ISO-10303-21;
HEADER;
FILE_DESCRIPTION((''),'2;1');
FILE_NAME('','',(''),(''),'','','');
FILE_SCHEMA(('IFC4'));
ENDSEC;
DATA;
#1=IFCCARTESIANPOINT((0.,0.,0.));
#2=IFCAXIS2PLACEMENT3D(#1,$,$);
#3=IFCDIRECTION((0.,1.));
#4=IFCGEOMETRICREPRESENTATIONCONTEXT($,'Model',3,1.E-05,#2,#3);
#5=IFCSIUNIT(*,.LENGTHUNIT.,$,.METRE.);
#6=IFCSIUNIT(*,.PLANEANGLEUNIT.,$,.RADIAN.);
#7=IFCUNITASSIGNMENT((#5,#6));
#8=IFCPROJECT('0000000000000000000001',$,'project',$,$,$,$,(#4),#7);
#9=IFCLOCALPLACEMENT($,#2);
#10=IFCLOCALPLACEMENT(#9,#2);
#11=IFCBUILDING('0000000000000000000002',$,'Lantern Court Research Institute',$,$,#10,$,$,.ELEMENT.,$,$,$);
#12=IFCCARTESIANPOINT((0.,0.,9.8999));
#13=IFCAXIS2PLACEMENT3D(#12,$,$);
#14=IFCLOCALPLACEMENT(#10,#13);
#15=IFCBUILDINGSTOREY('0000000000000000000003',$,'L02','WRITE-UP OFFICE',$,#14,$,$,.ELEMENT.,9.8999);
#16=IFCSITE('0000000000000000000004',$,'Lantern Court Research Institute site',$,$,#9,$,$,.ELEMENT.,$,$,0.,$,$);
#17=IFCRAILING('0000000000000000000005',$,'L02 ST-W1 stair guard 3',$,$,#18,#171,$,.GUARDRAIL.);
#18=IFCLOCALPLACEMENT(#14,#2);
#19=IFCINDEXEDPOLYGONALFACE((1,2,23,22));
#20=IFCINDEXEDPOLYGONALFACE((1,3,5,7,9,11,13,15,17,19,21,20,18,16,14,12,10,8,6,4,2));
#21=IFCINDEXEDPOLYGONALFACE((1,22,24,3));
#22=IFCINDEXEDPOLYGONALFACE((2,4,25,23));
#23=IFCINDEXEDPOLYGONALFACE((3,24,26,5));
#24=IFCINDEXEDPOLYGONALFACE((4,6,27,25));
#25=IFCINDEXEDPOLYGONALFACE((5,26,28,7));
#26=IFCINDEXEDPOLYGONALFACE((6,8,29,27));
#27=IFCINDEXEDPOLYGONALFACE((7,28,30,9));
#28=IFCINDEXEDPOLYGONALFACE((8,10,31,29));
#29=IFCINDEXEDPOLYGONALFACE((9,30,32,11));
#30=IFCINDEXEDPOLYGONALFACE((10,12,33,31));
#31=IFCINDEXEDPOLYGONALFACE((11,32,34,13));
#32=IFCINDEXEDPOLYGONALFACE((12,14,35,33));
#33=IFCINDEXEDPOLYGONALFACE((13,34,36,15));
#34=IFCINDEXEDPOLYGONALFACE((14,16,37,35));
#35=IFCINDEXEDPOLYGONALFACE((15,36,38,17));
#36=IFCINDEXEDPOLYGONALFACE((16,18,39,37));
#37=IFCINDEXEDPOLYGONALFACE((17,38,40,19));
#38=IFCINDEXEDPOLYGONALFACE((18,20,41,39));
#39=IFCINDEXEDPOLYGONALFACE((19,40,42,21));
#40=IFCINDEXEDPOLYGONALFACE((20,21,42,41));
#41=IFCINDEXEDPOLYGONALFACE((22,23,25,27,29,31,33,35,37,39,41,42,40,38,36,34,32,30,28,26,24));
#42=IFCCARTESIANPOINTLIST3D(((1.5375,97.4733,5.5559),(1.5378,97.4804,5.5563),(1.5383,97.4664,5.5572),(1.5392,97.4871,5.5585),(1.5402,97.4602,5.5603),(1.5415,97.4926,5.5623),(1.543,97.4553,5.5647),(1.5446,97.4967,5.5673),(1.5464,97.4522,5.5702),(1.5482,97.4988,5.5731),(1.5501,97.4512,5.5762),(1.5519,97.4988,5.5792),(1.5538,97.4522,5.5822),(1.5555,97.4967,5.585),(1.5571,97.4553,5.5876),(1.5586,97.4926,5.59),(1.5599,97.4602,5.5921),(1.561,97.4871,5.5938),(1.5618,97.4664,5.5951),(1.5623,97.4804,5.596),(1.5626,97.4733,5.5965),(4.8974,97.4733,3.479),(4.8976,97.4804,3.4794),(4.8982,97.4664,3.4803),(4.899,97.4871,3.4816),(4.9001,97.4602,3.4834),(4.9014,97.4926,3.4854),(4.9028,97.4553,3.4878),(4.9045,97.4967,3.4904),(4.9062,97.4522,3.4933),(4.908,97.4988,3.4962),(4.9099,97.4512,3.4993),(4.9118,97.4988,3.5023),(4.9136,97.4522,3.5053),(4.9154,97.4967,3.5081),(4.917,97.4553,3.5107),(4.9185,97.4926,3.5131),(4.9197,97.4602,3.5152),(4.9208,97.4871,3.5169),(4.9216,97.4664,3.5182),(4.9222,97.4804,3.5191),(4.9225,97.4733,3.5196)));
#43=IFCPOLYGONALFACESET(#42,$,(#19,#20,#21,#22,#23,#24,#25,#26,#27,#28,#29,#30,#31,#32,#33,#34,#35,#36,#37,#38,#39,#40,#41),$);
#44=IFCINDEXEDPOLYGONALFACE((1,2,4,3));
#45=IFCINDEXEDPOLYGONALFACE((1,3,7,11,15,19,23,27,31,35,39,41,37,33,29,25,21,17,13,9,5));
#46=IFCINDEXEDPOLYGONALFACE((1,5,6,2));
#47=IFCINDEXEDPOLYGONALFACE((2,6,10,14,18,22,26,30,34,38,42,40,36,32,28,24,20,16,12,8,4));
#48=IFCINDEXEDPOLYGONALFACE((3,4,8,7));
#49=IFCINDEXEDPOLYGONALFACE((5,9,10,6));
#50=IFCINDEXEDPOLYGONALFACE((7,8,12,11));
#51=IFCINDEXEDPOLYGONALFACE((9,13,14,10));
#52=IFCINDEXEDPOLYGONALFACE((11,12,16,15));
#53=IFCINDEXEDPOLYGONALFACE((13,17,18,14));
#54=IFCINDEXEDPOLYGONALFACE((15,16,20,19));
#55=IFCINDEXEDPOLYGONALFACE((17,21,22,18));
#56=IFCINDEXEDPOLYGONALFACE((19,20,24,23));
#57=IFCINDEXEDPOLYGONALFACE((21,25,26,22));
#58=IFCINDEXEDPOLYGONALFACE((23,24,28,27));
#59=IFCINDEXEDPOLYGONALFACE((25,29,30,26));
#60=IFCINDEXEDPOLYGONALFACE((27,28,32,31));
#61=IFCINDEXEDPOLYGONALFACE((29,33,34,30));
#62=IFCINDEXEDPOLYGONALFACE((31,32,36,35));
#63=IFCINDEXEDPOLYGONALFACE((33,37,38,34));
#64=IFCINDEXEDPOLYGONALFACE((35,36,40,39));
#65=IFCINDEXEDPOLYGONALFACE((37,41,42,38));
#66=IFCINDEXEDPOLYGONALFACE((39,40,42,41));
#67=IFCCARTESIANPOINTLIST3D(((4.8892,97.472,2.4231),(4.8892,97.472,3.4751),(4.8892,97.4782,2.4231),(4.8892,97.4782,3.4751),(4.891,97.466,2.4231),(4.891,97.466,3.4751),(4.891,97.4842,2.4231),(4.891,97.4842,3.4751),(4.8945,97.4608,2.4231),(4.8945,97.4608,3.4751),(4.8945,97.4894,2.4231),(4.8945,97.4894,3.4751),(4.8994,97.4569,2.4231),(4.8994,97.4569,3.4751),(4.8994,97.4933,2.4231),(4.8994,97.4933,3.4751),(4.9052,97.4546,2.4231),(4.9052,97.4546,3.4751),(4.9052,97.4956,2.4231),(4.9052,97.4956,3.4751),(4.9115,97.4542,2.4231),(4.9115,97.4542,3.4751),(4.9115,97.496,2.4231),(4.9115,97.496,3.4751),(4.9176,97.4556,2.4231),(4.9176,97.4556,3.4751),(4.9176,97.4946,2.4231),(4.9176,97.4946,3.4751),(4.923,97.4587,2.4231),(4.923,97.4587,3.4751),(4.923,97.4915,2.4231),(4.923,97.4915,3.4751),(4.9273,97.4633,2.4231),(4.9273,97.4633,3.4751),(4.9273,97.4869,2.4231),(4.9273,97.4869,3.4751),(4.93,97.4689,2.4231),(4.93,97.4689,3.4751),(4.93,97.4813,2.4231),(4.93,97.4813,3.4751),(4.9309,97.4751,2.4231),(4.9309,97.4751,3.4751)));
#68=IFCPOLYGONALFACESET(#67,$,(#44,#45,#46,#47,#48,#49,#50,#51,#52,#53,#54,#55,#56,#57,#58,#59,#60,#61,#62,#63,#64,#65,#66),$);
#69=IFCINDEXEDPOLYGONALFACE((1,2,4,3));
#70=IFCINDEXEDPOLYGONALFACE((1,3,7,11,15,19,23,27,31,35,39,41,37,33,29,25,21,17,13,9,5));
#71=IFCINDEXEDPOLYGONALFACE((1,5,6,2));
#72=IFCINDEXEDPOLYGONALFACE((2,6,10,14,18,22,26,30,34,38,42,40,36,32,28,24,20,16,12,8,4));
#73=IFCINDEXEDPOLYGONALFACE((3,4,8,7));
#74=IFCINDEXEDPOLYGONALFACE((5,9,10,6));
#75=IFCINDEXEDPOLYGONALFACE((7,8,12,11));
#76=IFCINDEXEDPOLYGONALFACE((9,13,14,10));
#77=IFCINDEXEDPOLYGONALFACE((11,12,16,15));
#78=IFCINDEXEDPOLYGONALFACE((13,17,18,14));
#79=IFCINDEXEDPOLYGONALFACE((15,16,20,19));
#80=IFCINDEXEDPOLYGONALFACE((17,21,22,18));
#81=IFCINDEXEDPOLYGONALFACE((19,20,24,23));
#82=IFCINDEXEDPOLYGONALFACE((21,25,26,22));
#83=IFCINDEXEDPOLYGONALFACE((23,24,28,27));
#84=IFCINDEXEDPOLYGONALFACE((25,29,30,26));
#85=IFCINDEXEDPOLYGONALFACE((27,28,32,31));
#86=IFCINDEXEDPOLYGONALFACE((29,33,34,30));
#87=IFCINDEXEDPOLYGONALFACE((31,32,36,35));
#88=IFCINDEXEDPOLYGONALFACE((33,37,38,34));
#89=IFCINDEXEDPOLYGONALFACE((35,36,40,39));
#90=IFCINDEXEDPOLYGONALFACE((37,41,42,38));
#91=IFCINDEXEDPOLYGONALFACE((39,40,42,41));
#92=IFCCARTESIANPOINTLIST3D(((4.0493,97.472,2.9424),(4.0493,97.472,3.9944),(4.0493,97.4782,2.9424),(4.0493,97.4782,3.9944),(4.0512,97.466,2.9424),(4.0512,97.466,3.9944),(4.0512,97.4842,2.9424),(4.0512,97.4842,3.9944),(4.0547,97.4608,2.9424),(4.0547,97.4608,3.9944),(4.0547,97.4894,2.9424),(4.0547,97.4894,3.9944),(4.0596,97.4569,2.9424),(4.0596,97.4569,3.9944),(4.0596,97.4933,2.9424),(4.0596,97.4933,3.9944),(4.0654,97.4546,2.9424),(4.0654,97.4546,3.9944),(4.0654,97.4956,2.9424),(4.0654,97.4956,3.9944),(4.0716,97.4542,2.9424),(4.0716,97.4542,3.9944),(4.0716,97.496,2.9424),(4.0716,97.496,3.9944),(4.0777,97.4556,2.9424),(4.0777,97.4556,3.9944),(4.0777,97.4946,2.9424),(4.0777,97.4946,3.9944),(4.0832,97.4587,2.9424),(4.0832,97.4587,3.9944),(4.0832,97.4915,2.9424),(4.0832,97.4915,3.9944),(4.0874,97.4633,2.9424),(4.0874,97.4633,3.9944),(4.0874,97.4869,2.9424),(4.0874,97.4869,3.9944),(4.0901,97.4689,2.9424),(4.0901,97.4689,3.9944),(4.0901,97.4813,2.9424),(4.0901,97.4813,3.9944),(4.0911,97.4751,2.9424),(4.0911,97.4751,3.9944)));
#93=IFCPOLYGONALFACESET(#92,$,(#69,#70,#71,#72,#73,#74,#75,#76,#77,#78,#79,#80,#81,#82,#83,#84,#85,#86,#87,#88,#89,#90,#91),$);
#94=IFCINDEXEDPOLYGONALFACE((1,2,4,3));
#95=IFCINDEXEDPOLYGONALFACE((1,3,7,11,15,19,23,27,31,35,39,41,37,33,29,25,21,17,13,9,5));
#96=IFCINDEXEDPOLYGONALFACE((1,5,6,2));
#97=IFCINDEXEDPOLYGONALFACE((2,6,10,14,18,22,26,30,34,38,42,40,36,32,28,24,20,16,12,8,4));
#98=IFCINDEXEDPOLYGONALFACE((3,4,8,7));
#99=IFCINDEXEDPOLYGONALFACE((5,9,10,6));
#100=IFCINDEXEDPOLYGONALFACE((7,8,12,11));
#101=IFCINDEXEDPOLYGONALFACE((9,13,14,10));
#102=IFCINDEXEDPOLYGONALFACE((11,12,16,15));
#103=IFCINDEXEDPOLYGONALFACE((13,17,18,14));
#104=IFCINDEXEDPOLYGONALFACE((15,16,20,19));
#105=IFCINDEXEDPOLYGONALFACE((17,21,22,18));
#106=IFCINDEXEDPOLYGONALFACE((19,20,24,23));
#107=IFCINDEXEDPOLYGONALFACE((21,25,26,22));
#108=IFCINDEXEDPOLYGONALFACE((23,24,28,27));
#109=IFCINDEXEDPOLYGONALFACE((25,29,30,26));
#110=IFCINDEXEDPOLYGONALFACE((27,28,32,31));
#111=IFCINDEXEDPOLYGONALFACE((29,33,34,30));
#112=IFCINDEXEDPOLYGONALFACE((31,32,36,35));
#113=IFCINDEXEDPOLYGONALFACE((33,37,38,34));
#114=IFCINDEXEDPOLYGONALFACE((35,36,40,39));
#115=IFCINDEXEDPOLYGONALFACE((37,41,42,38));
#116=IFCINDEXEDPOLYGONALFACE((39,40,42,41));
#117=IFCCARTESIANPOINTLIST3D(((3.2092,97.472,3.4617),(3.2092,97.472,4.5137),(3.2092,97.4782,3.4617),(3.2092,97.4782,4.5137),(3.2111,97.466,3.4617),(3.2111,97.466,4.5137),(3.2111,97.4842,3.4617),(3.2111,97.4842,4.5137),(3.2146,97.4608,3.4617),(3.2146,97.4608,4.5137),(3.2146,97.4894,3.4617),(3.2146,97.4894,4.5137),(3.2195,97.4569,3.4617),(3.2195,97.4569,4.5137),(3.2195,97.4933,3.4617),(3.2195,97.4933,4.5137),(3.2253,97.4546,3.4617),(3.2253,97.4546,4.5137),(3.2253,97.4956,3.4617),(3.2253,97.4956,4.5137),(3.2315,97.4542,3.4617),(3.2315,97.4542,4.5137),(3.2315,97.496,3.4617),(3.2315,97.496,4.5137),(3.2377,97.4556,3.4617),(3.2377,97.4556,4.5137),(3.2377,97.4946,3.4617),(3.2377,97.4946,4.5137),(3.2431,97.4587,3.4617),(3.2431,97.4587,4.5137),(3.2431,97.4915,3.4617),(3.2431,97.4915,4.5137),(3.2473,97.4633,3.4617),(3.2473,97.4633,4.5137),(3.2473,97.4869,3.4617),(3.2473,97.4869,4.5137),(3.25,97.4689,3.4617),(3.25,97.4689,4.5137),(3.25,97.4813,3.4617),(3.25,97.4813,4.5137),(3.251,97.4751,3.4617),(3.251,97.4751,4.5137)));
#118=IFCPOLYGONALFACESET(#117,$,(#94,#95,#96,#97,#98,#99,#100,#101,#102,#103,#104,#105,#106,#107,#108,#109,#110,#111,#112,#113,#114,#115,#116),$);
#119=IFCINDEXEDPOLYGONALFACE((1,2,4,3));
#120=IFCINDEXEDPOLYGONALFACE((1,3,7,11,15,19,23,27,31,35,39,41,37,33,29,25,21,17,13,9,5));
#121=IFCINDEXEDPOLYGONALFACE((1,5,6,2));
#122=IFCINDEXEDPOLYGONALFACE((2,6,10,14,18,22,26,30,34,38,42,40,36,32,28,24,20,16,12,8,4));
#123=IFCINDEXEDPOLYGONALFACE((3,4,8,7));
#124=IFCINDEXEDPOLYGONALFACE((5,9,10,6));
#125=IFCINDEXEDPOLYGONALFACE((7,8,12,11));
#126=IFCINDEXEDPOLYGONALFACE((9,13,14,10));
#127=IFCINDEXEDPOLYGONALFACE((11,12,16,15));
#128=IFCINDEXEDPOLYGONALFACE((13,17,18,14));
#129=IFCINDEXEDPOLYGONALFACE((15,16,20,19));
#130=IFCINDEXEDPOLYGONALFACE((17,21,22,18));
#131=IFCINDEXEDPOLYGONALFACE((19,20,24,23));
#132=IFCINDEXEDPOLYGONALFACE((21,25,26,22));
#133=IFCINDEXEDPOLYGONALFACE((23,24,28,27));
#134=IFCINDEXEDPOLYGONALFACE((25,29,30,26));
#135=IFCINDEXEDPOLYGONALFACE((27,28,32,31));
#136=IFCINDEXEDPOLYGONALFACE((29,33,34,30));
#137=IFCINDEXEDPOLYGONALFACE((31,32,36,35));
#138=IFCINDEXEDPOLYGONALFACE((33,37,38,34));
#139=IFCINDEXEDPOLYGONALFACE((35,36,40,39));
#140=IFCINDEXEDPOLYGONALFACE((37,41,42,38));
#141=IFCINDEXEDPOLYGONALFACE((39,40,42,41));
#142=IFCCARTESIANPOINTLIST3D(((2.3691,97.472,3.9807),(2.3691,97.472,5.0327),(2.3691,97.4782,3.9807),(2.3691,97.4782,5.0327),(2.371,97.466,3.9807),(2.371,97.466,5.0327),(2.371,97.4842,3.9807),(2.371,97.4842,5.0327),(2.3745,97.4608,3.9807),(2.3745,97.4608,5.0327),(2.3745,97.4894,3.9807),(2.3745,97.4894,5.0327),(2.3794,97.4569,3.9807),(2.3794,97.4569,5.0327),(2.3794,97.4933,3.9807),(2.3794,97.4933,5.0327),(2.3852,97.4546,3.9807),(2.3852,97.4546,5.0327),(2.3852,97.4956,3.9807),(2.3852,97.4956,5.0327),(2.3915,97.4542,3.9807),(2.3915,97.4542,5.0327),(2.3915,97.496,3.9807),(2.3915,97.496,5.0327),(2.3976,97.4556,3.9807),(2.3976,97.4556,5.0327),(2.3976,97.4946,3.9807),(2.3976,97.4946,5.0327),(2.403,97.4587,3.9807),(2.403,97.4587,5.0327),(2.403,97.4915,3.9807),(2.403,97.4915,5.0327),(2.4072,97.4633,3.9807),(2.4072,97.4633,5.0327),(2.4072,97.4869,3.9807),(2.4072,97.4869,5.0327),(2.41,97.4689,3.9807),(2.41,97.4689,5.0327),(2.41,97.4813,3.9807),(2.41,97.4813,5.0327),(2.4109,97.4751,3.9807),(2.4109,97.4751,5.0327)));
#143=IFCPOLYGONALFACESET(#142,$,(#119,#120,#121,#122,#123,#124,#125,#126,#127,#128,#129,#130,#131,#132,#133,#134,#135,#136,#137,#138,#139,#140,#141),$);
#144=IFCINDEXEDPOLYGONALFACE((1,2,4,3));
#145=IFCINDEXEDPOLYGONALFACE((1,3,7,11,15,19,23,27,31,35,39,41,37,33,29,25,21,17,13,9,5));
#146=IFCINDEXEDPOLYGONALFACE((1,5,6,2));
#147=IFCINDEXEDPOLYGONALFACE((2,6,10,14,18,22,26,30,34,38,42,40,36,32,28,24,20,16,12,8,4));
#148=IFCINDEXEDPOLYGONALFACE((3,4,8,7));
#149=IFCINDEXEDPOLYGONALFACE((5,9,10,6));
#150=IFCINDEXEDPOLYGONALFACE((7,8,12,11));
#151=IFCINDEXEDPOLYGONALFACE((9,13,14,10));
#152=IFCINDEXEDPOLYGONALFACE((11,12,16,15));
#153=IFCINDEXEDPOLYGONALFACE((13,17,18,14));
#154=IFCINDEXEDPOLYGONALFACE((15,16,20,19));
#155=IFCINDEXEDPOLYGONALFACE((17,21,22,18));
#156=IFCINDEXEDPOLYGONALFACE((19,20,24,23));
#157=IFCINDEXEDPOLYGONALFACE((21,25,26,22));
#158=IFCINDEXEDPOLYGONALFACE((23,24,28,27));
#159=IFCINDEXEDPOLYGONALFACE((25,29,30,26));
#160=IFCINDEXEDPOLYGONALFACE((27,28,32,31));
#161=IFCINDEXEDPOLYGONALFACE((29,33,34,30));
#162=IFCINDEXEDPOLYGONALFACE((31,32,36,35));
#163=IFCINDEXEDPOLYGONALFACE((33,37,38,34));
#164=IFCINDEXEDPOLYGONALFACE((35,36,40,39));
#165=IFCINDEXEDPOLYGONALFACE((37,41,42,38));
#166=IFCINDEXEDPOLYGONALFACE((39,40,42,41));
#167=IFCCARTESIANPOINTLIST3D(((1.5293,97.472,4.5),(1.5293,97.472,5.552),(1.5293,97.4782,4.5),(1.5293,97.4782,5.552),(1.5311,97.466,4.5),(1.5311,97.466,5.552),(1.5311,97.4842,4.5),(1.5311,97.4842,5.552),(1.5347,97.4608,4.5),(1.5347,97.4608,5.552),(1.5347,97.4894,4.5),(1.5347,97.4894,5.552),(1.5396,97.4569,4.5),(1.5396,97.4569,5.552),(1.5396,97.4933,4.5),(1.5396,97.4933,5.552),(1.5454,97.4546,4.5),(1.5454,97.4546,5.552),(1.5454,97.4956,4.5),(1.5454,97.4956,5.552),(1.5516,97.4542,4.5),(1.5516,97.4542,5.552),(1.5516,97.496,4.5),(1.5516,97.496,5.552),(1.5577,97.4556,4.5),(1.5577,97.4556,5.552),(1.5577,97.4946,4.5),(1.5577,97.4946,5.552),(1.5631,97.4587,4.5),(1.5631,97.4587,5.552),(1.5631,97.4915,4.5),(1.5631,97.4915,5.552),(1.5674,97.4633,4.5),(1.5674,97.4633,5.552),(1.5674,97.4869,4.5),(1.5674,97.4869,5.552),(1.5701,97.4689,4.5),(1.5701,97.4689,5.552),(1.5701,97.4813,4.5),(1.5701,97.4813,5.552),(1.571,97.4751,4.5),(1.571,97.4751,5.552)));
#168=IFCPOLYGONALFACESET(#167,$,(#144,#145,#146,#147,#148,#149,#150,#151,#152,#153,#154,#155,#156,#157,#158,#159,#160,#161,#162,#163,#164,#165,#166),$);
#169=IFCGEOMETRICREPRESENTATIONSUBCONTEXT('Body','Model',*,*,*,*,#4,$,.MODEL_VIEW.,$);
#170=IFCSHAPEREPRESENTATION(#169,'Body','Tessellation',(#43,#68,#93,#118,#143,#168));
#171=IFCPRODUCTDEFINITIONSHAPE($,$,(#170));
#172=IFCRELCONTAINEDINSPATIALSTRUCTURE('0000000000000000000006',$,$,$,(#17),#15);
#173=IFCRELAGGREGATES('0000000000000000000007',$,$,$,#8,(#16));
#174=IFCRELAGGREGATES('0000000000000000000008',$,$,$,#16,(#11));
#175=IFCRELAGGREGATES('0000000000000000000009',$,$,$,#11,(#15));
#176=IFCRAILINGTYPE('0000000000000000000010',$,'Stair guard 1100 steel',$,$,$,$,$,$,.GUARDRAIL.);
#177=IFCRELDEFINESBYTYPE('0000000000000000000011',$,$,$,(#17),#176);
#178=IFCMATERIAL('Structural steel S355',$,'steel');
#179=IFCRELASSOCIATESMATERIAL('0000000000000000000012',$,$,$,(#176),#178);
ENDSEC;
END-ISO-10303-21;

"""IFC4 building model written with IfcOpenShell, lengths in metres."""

from ifc_helpers import new_model, si_unit, direction, frame, origin, origin_2d, place, context, subcontext, project, spatial, circle, extrude, material, type_object, element, save


model = new_model("IFC4")

# Units and contexts
model_context = context("Model", 3, precision=1e-05, world=origin(), true_north=direction((0.0, 1.0)))
body_context = subcontext(model_context, "Body", "Model", "MODEL_VIEW")
ifc_project = project(units=[si_unit("LENGTHUNIT", "METRE"), si_unit("PLANEANGLEUNIT", "RADIAN")], contexts=[model_context])

# Site, building, storey
site_placement = place(None, origin())
site = spatial("IfcSite", under=ifc_project, at=site_placement, Name="Lantern Court Research Institute site", CompositionType="ELEMENT", RefElevation=0.0)
building_placement = place(site_placement, origin())
building = spatial("IfcBuilding", under=site, at=building_placement, Name="Lantern Court Research Institute", CompositionType="ELEMENT")
storey_placement = place(building_placement, frame((0.0, 0.0, 9.8999)))
storey = spatial("IfcBuildingStorey", under=building, at=storey_placement, Name="L02", Description="WRITE-UP OFFICE", CompositionType="ELEMENT", Elevation=9.8999)

# Railing
ifc_material_1 = material(Name="Structural steel S355", Category="steel")
railing_type = type_object("IfcRailingType", Name="Stair guard 1100 steel", PredefinedType="GUARDRAIL", material=ifc_material_1)
railing_placement = place(storey_placement, frame((4.9099, 97.4751, 2.4231)))
element("IfcRailing", 1, at=railing_placement, inside=storey, type_object=railing_type, Name="L02 ST-W1 stair guard 3", PredefinedType="GUARDRAIL", context=body_context, shape_type="SweptSolid", body=[
    extrude(circle(Radius=0.0239, at=origin_2d()), frame((0.0, 0.0, 1.0762), z_axis=(-0.850606, 0.0, 0.525803), x_axis=(0.0, -1.0, 0.0)), (0.0, 0.0, 1.0), 3.95),
    extrude(circle(Radius=0.021, at=origin_2d()), origin(), (0.0, 0.0, 1.0), 1.052),
    extrude(circle(Radius=0.021, at=origin_2d()), frame((-0.8398, 0.0, 0.5193)), (0.0, 0.0, 1.0), 1.052),
    extrude(circle(Radius=0.021, at=origin_2d()), frame((-1.6799, 0.0, 1.0386)), (0.0, 0.0, 1.0), 1.052),
    extrude(circle(Radius=0.021, at=origin_2d()), frame((-2.52, 0.0, 1.5576)), (0.0, 0.0, 1.0), 1.052),
    extrude(circle(Radius=0.021, at=origin_2d()), frame((-3.3599, 0.0, 2.0769)), (0.0, 0.0, 1.0), 1.052),
])

save(model, "model.ifc")
